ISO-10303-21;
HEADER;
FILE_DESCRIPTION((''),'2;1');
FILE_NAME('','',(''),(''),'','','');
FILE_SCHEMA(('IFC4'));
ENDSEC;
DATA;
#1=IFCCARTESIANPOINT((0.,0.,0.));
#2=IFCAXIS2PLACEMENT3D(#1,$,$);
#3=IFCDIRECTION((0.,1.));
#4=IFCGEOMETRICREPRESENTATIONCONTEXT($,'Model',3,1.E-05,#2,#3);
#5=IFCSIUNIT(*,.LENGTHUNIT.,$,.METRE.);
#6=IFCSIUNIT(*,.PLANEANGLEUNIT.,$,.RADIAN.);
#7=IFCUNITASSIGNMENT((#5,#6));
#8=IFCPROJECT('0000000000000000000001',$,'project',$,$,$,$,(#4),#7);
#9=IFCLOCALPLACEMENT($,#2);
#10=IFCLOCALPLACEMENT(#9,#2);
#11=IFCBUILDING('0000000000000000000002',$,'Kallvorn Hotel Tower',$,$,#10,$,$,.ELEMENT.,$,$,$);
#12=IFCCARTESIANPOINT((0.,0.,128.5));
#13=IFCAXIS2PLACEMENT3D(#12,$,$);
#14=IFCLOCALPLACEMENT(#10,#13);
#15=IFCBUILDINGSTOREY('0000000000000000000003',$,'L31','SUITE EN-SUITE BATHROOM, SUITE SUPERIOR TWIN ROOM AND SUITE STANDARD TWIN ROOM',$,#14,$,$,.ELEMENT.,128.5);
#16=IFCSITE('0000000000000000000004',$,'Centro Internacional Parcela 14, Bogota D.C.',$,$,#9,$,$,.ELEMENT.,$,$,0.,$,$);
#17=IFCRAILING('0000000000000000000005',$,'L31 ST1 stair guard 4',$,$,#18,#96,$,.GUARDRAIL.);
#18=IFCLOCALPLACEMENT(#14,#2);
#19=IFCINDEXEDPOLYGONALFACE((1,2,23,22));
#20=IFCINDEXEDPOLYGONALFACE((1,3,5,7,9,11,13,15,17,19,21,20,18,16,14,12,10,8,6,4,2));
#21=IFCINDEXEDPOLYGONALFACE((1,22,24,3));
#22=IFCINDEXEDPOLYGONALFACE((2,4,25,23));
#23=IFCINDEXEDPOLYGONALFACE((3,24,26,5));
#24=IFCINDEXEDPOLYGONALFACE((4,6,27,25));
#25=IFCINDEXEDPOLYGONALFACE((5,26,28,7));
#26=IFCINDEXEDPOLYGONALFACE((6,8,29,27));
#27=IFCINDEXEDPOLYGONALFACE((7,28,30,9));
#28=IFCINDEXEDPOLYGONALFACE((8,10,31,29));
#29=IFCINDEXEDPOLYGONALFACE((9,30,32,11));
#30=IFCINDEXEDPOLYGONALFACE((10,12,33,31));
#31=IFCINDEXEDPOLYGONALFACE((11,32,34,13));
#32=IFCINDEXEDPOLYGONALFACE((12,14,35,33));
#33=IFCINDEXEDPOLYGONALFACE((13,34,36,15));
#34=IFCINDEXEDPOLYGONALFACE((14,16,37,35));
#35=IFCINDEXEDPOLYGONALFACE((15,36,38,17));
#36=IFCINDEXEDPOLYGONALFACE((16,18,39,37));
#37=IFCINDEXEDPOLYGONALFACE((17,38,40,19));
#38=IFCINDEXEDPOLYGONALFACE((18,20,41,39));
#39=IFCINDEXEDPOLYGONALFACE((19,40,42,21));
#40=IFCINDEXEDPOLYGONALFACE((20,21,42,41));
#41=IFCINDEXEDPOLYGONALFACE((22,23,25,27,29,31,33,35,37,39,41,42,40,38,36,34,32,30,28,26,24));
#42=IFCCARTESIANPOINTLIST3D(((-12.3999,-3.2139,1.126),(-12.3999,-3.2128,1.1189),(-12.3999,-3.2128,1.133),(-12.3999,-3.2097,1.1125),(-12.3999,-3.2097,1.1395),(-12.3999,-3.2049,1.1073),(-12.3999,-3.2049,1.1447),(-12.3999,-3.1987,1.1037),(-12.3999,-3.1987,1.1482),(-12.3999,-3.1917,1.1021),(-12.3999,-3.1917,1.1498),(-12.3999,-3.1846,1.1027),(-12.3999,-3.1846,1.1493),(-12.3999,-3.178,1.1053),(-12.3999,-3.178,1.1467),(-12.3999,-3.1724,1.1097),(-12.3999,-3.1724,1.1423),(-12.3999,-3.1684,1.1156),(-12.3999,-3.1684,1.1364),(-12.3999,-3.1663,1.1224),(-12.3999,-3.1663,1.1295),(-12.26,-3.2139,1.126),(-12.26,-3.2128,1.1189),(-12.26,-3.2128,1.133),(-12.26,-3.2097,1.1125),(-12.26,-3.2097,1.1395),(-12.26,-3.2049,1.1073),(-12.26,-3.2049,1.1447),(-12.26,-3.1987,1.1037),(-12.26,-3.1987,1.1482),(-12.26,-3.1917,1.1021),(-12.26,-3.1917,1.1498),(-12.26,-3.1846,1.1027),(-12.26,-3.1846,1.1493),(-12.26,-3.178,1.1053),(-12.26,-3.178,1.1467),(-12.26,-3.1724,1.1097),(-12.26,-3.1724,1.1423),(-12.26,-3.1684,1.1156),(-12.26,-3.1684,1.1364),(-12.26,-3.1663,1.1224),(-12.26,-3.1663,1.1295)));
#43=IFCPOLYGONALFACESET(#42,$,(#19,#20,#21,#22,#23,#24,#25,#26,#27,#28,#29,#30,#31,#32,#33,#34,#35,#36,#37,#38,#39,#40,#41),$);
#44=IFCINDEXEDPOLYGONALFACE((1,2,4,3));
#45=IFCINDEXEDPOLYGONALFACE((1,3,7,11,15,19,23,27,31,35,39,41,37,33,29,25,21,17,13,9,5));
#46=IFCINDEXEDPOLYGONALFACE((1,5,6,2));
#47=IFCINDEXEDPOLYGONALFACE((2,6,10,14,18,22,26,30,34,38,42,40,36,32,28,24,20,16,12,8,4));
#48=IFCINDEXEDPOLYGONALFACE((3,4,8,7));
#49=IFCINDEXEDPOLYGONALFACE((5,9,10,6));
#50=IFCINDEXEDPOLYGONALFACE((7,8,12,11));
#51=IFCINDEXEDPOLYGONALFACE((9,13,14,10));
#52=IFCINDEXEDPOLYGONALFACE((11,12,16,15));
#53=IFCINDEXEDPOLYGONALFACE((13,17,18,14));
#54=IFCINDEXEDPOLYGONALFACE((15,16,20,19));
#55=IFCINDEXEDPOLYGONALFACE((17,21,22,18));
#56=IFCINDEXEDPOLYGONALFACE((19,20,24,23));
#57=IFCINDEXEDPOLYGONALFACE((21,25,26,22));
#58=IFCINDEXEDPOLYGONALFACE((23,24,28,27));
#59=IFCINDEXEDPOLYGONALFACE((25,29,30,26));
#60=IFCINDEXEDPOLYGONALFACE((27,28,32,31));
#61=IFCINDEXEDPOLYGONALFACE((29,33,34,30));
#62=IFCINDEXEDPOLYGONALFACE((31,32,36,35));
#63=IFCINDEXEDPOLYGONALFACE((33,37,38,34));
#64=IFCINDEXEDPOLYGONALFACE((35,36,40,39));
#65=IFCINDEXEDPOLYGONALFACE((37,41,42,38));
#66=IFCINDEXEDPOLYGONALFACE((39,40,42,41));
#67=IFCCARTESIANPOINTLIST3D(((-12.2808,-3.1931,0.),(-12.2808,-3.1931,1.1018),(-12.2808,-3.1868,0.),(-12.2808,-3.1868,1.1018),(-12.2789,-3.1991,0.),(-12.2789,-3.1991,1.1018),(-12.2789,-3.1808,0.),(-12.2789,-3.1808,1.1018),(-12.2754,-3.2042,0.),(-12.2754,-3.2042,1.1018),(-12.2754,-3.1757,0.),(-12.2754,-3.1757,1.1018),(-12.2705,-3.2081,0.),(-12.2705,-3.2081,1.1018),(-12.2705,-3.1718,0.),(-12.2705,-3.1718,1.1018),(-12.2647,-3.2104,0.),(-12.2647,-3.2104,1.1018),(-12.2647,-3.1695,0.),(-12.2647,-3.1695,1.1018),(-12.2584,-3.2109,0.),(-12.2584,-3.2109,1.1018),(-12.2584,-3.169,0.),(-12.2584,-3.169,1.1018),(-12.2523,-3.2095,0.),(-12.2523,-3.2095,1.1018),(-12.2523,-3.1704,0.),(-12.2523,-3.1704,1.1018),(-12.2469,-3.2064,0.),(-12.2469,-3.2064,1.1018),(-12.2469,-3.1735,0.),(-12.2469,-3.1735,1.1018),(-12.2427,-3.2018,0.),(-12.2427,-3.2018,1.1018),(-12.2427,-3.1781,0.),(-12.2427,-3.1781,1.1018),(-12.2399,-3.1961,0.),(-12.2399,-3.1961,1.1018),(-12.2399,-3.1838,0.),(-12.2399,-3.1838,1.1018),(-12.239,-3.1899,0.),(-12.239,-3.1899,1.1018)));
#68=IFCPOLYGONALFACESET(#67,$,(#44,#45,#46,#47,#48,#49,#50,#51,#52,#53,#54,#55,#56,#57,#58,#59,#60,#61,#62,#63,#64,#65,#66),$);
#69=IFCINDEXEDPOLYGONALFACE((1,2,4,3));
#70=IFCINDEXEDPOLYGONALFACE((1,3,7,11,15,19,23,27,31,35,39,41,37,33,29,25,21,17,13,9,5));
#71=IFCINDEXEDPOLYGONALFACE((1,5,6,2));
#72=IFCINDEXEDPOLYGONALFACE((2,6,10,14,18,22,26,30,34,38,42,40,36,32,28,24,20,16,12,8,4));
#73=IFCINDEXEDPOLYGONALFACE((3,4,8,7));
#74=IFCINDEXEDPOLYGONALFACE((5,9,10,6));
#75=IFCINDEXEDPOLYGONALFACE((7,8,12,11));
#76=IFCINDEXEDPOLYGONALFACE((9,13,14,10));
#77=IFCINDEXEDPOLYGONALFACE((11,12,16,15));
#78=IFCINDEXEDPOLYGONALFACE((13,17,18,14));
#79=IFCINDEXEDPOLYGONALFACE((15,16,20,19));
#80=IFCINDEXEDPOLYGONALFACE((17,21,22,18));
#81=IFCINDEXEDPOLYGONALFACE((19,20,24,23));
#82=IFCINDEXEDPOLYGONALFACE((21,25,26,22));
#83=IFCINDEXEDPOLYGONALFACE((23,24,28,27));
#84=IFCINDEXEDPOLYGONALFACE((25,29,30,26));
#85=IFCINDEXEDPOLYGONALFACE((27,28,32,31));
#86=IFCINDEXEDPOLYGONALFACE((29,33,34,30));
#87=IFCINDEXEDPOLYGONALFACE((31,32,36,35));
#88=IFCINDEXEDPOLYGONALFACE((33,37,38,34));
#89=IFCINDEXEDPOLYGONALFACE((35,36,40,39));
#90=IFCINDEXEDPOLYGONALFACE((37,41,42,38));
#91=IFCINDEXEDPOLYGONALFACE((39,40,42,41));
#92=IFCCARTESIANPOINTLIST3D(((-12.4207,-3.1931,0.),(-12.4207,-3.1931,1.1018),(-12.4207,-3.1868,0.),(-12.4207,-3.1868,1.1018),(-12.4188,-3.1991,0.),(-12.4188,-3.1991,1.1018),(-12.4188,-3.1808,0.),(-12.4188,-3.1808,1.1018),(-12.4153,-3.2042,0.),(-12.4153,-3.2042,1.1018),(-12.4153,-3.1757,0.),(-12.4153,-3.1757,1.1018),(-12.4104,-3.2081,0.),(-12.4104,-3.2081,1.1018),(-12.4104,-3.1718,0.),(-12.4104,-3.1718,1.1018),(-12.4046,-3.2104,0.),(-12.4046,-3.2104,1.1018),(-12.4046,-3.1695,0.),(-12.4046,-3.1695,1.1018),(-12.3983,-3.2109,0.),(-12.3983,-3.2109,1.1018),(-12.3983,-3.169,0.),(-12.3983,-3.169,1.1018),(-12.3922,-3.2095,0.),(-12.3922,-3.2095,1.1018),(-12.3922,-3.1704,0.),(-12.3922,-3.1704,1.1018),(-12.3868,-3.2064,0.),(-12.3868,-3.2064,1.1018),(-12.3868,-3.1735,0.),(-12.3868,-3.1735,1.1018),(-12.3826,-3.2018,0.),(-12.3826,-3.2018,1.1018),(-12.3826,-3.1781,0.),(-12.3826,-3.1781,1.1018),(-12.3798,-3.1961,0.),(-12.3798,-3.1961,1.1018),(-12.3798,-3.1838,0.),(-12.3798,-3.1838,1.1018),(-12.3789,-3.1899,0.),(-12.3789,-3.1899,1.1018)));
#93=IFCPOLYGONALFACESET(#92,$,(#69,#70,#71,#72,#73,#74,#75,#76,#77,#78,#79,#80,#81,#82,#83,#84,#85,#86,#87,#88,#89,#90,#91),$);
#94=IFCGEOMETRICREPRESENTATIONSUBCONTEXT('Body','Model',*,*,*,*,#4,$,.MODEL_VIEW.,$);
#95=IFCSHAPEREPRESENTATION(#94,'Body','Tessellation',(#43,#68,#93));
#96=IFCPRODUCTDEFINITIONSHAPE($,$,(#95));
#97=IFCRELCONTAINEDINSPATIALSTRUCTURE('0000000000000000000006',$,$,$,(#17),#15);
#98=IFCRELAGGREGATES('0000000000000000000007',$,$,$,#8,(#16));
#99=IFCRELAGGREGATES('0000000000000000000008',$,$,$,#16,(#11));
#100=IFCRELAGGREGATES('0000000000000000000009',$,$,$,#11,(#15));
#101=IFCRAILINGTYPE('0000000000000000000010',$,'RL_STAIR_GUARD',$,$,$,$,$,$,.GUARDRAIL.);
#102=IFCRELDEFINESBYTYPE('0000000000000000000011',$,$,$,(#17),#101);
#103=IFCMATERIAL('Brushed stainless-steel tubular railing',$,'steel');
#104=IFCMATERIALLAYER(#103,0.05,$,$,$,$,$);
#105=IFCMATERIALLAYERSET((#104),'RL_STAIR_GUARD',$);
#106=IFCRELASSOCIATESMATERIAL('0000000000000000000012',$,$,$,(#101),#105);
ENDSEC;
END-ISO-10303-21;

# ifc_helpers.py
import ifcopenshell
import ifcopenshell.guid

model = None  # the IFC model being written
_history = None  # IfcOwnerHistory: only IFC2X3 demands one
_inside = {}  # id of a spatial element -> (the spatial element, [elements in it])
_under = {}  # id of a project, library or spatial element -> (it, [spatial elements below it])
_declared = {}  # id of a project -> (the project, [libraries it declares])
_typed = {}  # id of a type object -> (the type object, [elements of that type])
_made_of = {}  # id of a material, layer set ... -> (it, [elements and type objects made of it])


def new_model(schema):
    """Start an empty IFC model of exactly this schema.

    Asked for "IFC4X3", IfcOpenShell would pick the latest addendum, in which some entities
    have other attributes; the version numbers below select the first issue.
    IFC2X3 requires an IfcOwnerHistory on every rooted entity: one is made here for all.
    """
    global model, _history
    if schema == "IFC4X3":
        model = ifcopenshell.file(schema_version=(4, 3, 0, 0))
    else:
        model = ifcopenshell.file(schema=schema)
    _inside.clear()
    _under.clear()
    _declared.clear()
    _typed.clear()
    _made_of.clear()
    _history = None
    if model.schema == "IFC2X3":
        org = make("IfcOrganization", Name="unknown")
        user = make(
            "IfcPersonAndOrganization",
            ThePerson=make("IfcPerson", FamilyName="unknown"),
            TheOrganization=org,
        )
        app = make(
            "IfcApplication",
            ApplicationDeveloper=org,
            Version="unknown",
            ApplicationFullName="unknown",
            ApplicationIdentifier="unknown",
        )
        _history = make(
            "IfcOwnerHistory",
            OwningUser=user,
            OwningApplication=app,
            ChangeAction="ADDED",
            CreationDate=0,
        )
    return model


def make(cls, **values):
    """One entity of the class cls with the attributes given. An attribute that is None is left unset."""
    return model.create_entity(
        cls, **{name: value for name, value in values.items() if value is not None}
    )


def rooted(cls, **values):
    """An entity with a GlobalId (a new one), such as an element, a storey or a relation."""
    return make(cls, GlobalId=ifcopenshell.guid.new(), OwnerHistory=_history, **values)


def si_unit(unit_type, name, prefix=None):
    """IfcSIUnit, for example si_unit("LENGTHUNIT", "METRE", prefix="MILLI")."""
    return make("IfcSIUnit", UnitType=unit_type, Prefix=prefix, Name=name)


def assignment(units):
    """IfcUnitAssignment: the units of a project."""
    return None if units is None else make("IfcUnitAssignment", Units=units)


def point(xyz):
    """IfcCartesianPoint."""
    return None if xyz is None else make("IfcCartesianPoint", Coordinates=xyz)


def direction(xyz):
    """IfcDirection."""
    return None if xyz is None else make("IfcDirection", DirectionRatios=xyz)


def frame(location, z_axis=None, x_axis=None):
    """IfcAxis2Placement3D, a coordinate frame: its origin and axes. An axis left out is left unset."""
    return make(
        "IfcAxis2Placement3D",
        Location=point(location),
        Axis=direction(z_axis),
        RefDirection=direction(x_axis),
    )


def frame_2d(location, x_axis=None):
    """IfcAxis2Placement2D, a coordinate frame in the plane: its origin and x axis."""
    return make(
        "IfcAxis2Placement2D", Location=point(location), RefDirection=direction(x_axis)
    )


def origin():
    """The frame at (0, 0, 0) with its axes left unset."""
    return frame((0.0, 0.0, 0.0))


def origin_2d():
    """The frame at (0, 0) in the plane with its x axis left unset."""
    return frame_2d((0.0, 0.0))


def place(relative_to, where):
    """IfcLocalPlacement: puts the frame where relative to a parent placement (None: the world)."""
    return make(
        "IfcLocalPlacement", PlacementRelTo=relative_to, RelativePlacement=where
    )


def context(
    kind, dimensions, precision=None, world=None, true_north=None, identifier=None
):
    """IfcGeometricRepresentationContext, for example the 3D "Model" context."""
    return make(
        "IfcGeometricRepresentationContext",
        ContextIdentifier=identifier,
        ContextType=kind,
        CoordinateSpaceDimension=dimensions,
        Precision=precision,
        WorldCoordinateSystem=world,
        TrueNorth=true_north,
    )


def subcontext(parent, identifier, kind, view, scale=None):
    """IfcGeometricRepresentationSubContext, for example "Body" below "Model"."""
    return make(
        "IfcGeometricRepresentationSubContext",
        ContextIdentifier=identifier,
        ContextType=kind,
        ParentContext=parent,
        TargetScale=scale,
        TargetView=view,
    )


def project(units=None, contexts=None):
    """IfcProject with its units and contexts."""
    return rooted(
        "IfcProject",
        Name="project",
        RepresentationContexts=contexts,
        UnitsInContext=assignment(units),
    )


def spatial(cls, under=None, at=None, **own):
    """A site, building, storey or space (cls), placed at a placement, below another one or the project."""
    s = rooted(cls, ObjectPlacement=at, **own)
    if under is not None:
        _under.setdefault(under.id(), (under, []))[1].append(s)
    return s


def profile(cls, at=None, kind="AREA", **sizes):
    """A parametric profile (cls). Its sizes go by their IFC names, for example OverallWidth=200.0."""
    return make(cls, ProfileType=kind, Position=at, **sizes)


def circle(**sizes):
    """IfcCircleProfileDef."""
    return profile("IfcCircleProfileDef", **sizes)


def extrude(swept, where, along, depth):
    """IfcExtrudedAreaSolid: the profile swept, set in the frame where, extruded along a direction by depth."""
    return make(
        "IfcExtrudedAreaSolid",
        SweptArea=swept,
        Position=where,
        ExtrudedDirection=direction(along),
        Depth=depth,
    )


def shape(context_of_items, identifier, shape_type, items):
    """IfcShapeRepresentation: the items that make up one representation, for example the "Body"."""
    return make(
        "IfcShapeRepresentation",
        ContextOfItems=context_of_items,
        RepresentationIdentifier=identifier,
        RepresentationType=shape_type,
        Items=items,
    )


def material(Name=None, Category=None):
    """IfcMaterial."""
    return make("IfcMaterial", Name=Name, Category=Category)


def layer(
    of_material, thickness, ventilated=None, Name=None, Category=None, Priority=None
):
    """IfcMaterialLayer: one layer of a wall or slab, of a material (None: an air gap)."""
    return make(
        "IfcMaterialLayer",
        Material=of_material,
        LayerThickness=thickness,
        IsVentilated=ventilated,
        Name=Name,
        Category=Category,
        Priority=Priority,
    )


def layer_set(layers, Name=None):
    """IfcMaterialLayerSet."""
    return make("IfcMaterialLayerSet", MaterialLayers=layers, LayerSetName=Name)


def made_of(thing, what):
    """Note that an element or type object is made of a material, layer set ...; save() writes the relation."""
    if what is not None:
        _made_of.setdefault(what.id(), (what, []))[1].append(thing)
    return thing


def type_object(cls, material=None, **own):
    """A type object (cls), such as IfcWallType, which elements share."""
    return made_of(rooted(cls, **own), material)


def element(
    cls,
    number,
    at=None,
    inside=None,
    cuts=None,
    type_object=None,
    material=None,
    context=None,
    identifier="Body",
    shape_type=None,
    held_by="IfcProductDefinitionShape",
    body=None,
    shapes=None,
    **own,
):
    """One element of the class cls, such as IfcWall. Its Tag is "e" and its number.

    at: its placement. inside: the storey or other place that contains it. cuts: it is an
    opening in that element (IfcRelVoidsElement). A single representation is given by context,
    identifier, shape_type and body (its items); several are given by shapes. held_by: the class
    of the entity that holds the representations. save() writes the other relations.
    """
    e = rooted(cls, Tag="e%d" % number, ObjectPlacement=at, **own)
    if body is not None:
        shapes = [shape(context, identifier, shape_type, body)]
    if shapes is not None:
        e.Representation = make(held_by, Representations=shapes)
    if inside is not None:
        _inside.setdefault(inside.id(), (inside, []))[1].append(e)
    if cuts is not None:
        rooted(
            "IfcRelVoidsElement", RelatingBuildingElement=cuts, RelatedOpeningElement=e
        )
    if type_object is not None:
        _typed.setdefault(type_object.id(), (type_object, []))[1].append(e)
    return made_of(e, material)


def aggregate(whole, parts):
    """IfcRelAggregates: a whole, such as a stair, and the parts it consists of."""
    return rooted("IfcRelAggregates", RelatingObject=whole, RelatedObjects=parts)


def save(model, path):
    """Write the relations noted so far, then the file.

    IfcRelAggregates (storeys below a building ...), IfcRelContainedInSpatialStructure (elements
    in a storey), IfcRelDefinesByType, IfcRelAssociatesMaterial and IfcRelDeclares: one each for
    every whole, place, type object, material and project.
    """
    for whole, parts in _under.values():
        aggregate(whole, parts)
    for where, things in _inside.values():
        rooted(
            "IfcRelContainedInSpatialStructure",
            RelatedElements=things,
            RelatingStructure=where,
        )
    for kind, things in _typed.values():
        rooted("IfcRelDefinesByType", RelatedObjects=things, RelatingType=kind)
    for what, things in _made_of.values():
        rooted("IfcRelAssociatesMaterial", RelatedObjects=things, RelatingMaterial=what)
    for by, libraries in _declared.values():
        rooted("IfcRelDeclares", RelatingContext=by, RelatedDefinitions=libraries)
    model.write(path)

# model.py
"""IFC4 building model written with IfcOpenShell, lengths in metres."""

from ifc_helpers import new_model, si_unit, direction, frame, origin, origin_2d, place, context, subcontext, project, spatial, circle, extrude, material, layer, layer_set, type_object, element, save


model = new_model("IFC4")

# Units and contexts
model_context = context("Model", 3, precision=1e-05, world=origin(), true_north=direction((0.0, 1.0)))
body_context = subcontext(model_context, "Body", "Model", "MODEL_VIEW")
ifc_project = project(units=[si_unit("LENGTHUNIT", "METRE"), si_unit("PLANEANGLEUNIT", "RADIAN")], contexts=[model_context])

# Site, building, storey
site_placement = place(None, origin())
site = spatial("IfcSite", under=ifc_project, at=site_placement, Name="Centro Internacional Parcela 14, Bogota D.C.", CompositionType="ELEMENT", RefElevation=0.0)
building_placement = place(site_placement, origin())
building = spatial("IfcBuilding", under=site, at=building_placement, Name="Kallvorn Hotel Tower", CompositionType="ELEMENT")
storey_placement = place(building_placement, frame((0.0, 0.0, 128.5)))
storey = spatial("IfcBuildingStorey", under=building, at=storey_placement, Name="L31", Description="SUITE EN-SUITE BATHROOM, SUITE SUPERIOR TWIN ROOM AND SUITE STANDARD TWIN ROOM", CompositionType="ELEMENT", Elevation=128.5)

# Railing
ifc_material_1 = material(Name="Brushed stainless-steel tubular railing", Category="steel")
ifc_layer_1 = layer(ifc_material_1, 0.05)
ifc_layer_set_1 = layer_set([ifc_layer_1], Name="RL_STAIR_GUARD")
railing_type_1 = type_object("IfcRailingType", Name="RL_STAIR_GUARD", PredefinedType="GUARDRAIL", material=ifc_layer_set_1)
railing_1_placement = place(storey_placement, frame((-12.26, -3.1899, 0.0)))
element("IfcRailing", 1, at=railing_1_placement, inside=storey, type_object=railing_type_1, Name="L31 ST1 stair guard 4", PredefinedType="GUARDRAIL", context=body_context, shape_type="SweptSolid", body=[
    extrude(circle(Radius=0.0239, at=origin_2d()), frame((0.0, 0.0, 1.126), z_axis=(-1.0, 0.0, 0.0), x_axis=(0.0, -1.0, 0.0)), (0.0, 0.0, 1.0), 0.1399),
    extrude(circle(Radius=0.021, at=origin_2d()), origin(), (0.0, 0.0, 1.0), 1.1018),
    extrude(circle(Radius=0.021, at=origin_2d()), frame((-0.1399, 0.0, 0.0)), (0.0, 0.0, 1.0), 1.1018),
])

save(model, "model.ifc")
